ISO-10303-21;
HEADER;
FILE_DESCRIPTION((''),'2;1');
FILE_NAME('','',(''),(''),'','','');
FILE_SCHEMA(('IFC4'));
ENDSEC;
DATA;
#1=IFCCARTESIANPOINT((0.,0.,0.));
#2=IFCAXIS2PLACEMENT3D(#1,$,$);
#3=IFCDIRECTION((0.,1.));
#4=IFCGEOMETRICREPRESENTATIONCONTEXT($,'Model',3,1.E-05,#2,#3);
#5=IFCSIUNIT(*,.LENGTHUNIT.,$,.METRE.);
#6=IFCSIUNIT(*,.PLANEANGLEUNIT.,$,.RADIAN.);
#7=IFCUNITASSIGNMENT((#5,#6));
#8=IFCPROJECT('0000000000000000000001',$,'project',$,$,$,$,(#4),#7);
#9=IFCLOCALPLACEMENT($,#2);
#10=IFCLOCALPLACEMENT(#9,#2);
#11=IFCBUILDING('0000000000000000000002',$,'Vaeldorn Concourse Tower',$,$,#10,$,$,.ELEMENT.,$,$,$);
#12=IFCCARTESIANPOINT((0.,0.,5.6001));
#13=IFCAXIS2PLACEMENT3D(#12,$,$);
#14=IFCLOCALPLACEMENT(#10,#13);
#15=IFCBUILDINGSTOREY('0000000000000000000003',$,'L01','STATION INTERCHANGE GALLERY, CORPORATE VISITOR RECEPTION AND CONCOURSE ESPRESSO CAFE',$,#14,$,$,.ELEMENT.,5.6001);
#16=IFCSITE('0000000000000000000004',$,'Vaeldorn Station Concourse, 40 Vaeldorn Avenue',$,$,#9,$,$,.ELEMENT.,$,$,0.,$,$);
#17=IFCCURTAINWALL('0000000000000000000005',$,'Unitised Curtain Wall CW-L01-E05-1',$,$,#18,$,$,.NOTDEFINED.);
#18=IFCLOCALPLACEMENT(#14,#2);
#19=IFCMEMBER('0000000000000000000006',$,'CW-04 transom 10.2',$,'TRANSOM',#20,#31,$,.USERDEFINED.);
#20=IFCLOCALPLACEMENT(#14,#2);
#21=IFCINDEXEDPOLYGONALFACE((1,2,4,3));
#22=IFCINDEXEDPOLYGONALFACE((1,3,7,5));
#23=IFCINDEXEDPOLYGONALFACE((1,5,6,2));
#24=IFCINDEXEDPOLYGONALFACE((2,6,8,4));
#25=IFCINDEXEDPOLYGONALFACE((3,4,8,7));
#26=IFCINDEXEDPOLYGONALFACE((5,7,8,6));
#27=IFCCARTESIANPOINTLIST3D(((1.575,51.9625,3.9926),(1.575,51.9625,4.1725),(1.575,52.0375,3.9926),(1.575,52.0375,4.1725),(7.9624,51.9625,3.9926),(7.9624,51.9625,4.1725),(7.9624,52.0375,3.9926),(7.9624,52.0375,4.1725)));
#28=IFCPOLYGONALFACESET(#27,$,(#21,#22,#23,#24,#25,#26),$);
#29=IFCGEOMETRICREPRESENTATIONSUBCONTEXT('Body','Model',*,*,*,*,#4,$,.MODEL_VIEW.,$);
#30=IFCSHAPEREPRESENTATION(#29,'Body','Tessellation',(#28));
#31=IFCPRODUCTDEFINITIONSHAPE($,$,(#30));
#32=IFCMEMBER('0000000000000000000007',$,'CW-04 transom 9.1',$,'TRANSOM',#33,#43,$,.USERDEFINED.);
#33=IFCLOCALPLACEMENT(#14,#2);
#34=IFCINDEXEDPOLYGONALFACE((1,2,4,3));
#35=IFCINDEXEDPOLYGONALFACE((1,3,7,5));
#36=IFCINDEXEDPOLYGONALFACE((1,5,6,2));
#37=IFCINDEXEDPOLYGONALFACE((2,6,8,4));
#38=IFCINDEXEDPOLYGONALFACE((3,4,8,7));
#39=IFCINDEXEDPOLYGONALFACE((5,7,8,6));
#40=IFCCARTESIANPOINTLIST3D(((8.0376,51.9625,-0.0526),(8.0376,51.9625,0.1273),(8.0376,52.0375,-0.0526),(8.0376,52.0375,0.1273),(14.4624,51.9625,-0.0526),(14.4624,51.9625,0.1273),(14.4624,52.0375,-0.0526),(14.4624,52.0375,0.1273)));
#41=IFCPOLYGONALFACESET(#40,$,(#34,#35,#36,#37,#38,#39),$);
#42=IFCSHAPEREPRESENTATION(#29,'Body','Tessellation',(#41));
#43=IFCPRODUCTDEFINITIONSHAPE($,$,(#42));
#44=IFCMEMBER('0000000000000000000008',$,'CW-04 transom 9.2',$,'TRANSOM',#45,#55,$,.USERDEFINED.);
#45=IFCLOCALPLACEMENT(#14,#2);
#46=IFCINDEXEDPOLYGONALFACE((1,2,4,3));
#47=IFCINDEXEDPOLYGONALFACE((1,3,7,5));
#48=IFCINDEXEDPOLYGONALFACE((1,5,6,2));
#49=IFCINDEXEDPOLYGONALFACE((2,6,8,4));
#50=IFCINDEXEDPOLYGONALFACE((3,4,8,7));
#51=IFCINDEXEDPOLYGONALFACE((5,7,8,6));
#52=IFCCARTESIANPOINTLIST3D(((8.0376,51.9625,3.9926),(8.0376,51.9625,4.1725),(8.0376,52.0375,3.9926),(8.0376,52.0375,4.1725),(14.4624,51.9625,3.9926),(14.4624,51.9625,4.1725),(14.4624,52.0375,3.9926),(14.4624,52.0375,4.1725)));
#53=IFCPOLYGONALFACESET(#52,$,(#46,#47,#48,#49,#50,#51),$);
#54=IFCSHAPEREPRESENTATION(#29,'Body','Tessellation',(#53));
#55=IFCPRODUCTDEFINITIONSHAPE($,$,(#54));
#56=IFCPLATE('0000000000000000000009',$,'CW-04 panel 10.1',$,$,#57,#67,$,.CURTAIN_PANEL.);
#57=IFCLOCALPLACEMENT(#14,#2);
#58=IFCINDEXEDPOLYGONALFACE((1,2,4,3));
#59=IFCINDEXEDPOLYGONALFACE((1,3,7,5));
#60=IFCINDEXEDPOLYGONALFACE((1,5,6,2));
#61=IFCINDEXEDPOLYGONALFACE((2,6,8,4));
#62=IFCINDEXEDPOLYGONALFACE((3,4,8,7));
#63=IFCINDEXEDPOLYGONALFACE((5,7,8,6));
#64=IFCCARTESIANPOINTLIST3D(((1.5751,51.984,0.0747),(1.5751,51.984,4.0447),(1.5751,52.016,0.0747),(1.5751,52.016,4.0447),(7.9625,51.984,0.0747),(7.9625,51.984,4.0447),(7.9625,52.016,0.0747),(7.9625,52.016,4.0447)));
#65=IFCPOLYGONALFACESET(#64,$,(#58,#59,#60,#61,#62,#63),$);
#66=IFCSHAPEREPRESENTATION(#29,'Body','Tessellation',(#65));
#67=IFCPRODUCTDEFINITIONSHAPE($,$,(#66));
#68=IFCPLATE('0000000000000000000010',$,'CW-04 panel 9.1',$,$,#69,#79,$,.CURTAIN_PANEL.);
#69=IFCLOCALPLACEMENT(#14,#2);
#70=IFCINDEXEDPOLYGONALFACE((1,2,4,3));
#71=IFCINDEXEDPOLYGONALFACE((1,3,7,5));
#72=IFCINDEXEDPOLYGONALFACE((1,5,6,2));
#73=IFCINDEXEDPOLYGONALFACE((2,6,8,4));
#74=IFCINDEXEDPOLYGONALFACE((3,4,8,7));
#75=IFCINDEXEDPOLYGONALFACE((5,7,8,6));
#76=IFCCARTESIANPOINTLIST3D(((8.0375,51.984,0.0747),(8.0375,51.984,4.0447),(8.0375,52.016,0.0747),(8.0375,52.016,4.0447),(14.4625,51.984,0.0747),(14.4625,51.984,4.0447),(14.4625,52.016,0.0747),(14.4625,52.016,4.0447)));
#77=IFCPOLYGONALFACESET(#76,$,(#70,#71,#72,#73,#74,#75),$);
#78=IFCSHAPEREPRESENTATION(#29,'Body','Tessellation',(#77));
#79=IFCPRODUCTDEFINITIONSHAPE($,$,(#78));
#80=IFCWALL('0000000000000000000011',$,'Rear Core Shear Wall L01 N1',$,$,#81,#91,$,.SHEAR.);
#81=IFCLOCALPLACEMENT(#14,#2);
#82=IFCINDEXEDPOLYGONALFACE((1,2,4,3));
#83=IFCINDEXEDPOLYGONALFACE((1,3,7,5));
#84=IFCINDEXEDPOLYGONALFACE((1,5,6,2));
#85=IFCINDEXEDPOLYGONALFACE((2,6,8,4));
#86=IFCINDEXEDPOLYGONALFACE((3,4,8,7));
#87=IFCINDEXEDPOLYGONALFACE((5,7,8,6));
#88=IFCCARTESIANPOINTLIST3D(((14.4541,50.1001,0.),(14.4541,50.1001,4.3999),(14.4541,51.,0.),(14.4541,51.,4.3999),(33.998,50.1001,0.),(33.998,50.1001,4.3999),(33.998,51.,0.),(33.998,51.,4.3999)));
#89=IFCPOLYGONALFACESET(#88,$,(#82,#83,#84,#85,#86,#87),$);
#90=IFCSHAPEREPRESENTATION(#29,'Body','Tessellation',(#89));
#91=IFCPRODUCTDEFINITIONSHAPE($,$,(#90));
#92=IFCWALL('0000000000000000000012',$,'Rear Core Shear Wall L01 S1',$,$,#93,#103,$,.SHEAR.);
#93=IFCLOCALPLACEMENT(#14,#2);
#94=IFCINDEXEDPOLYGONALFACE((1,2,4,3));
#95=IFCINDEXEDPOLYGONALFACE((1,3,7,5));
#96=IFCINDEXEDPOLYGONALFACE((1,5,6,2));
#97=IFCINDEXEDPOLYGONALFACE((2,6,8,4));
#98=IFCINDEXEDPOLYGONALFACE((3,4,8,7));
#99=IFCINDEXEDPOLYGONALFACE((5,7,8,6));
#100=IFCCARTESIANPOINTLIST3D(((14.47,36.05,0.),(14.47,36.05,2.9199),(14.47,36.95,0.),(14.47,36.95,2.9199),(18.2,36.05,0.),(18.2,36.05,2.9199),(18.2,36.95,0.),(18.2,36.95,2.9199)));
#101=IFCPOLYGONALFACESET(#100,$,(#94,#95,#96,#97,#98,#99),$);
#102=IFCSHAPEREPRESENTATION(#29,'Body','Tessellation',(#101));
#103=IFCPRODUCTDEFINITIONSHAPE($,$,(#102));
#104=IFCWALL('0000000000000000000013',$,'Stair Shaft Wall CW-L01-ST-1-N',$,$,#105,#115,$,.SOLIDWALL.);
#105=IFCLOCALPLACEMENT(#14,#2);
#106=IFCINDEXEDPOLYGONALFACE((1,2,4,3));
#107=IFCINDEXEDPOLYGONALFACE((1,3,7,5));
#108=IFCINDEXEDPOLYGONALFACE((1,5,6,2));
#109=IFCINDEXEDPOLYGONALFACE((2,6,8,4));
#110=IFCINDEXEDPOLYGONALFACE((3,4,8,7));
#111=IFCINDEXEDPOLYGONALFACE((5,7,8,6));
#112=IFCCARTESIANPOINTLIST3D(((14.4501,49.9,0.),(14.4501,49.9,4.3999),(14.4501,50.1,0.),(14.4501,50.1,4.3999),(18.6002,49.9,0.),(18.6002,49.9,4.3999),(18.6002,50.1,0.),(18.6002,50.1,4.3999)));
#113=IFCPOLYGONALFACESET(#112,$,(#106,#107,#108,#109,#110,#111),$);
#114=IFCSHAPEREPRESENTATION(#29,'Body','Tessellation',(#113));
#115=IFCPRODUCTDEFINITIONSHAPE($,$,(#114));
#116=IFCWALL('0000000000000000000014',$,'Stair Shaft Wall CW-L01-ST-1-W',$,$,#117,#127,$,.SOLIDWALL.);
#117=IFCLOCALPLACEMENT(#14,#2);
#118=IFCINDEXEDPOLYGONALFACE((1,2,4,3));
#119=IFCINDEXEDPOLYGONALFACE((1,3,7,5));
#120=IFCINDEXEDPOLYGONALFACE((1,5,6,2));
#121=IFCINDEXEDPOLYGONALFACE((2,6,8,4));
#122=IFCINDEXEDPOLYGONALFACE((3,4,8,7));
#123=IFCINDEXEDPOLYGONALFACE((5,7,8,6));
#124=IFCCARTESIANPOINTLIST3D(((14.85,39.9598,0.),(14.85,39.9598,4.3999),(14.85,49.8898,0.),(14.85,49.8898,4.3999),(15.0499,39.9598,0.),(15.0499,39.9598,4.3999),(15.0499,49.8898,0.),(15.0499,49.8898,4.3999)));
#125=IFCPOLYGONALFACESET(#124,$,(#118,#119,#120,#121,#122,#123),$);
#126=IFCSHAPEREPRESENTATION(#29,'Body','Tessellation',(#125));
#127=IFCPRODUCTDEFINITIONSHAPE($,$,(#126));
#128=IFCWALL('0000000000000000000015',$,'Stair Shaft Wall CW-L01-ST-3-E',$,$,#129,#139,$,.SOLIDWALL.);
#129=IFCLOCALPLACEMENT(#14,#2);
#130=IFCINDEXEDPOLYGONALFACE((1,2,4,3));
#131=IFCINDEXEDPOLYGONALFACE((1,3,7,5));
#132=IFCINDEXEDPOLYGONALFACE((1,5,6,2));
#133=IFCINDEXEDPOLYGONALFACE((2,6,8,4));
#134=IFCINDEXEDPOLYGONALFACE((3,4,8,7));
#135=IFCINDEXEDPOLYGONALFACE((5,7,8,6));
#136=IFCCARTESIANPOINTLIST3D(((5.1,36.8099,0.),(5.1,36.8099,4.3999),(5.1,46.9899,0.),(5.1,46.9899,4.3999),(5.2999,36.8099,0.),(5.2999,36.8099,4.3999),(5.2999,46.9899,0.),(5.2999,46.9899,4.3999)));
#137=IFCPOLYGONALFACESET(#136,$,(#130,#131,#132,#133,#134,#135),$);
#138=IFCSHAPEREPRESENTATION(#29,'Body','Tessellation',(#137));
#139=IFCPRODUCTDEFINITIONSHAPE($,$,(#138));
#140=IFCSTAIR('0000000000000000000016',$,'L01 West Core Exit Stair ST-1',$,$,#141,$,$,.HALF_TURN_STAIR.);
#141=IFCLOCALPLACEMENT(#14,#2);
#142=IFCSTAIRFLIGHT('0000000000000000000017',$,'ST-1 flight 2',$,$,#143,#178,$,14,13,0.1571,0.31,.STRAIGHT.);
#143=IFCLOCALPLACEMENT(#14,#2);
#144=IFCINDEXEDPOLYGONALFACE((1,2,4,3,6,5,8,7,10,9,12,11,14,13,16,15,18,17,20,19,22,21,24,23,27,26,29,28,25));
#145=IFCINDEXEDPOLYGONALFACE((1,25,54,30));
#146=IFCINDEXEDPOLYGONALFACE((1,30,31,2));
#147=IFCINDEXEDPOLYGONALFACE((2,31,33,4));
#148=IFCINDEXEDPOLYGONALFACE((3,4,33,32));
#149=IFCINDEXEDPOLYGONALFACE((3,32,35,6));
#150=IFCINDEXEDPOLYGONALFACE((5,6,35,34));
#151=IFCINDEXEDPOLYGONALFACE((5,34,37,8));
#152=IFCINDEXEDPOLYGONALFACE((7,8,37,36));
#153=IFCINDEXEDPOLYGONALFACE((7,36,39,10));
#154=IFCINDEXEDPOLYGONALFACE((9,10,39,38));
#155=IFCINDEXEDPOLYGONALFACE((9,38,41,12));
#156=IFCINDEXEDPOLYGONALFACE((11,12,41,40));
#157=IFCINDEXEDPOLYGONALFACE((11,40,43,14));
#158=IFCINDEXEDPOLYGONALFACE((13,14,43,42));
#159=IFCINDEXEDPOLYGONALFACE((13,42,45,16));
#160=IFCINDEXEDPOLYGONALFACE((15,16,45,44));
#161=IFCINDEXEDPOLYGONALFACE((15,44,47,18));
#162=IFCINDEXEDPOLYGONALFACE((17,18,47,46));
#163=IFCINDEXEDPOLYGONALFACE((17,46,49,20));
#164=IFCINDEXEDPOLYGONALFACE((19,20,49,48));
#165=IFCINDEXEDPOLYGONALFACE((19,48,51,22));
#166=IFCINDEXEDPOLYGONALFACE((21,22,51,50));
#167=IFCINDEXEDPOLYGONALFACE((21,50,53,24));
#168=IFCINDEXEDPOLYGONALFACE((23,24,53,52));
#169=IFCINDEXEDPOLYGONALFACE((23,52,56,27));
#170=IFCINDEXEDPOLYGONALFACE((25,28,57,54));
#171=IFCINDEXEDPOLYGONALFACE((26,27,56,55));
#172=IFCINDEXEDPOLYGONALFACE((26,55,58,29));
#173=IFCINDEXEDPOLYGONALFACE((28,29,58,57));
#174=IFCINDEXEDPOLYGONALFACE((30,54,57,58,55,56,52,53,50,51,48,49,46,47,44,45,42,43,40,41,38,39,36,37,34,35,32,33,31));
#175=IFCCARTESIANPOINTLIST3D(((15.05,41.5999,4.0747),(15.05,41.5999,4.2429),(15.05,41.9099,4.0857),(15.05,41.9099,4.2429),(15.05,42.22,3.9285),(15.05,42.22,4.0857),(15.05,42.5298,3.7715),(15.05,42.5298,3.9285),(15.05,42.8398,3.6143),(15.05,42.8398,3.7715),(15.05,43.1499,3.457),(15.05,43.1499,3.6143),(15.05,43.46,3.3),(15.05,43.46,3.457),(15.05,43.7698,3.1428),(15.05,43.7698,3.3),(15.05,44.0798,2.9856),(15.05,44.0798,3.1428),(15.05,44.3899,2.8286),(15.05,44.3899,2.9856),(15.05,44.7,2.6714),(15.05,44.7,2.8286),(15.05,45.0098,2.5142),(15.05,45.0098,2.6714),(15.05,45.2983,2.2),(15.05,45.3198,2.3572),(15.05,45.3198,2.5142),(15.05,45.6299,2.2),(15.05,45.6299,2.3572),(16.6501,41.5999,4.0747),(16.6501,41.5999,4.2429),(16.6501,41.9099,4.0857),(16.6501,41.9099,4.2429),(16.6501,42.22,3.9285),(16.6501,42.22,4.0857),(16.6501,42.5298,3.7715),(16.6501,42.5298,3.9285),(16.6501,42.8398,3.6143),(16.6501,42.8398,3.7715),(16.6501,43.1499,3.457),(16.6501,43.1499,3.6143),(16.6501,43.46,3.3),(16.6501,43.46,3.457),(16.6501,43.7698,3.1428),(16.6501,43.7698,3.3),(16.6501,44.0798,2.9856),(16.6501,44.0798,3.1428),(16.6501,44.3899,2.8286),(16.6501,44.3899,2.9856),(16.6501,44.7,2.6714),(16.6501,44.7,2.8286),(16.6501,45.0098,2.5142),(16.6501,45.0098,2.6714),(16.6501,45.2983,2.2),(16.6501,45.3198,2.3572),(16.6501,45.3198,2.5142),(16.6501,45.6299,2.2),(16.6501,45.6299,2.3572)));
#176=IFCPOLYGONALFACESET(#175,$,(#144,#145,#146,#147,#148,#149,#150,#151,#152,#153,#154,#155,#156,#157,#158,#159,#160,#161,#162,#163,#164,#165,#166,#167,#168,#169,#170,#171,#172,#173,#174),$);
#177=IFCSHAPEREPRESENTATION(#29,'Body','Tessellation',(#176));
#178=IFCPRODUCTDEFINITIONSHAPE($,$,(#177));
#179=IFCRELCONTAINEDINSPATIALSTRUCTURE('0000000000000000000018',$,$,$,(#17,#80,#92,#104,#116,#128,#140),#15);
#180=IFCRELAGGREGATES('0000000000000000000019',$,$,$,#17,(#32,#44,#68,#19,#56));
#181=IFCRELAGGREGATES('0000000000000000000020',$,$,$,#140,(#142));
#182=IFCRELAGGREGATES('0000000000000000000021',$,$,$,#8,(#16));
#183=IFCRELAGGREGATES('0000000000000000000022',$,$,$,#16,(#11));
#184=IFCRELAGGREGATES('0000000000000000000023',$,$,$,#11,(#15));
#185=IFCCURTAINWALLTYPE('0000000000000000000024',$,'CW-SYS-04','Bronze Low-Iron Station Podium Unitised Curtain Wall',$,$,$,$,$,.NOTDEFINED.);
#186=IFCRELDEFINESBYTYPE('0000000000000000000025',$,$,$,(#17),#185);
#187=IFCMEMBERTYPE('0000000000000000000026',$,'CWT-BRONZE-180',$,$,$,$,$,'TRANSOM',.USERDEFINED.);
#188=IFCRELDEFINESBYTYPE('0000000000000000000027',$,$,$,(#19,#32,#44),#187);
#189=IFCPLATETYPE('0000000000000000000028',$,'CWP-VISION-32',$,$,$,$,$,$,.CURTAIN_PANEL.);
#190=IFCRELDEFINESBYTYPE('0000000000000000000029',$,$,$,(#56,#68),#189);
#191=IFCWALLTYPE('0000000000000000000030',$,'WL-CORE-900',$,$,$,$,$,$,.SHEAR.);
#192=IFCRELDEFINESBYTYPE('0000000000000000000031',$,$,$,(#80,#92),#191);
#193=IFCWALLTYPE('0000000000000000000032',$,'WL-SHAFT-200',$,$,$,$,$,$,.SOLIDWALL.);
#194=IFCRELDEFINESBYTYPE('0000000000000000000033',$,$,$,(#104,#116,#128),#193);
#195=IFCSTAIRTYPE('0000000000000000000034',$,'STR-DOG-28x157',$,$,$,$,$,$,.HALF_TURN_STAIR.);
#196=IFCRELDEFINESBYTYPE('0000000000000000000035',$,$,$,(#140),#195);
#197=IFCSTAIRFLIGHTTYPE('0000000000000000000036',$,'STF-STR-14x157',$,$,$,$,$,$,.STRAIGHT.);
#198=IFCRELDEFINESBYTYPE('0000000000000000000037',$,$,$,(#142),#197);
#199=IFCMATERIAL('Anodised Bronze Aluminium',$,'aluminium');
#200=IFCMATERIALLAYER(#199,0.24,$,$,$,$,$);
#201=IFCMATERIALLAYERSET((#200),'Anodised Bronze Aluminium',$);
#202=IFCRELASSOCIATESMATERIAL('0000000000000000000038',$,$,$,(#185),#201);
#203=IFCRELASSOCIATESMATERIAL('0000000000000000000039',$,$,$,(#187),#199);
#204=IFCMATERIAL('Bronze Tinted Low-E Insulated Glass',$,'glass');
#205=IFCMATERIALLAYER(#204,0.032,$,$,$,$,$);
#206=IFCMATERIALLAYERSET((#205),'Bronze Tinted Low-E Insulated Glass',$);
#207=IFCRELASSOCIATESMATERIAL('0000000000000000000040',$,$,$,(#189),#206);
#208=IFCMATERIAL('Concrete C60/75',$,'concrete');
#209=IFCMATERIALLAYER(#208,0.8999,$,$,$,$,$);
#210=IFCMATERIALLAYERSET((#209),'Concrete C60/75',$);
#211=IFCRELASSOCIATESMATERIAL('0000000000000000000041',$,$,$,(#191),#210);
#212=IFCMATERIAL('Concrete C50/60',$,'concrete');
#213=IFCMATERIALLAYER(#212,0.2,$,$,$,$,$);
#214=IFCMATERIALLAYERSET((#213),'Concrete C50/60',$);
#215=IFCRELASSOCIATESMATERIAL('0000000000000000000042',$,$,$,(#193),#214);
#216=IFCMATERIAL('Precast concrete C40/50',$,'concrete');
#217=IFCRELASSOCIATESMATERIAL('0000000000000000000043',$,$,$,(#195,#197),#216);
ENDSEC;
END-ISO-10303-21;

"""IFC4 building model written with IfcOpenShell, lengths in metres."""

from ifc_helpers import new_model, si_unit, direction, frame, frame_2d, origin, origin_2d, place, context, subcontext, project, spatial, polyline, rectangle, outline, extrude, source, transform, mapped, material, layer, layer_set, material_profile, profile_set, type_object, element, aggregate, save


model = new_model("IFC4")

# Units and contexts
model_context = context("Model", 3, precision=1e-05, world=origin(), true_north=direction((0.0, 1.0)))
body_context = subcontext(model_context, "Body", "Model", "MODEL_VIEW")
ifc_project = project(units=[si_unit("LENGTHUNIT", "METRE"), si_unit("PLANEANGLEUNIT", "RADIAN")], contexts=[model_context])

# Site, building, storey
site_placement = place(None, origin())
site = spatial("IfcSite", under=ifc_project, at=site_placement, Name="Vaeldorn Station Concourse, 40 Vaeldorn Avenue", CompositionType="ELEMENT", RefElevation=0.0)
building_placement = place(site_placement, origin())
building = spatial("IfcBuilding", under=site, at=building_placement, Name="Vaeldorn Concourse Tower", CompositionType="ELEMENT")
storey_placement = place(building_placement, frame((0.0, 0.0, 5.6001)))
storey = spatial("IfcBuildingStorey", under=building, at=storey_placement, Name="L01", Description="STATION INTERCHANGE GALLERY, CORPORATE VISITOR RECEPTION AND CONCOURSE ESPRESSO CAFE", CompositionType="ELEMENT", Elevation=5.6001)

# Curtain wall, members, plates
ifc_material_1 = material(Name="Anodised Bronze Aluminium", Category="aluminium")
ifc_layer_1 = layer(ifc_material_1, 0.24)
ifc_layer_set_1 = layer_set([ifc_layer_1], Name="Anodised Bronze Aluminium")
curtain_wall_type = type_object("IfcCurtainWallType", Name="CW-SYS-04", Description="Bronze Low-Iron Station Podium Unitised Curtain Wall", PredefinedType="NOTDEFINED", material=ifc_layer_set_1)
curtain_wall_placement = place(storey_placement, origin())
curtain_wall = element("IfcCurtainWall", 1, at=curtain_wall_placement, inside=storey, type_object=curtain_wall_type, Name="Unitised Curtain Wall CW-L01-E05-1", PredefinedType="NOTDEFINED")
ifc_material_profile_1 = material_profile(ifc_material_1, rectangle(XDim=0.075, YDim=0.1799, at=origin_2d()), Name="CWT 75x180")
ifc_profile_set_1 = profile_set([ifc_material_profile_1], Name="Anodised Bronze Aluminium")
member_type_1 = type_object("IfcMemberType", Name="CWT-BRONZE-180", ElementType="TRANSOM", PredefinedType="USERDEFINED", material=ifc_profile_set_1)
shared_shape_1 = source(origin(), body_context, "Body", "SweptSolid", [
    extrude(rectangle(XDim=0.075, YDim=0.1799, at=origin_2d()), origin(), (0.0, 0.0, 1.0), 6.3875),
])
member_1_placement = place(storey_placement, frame((7.9624, 52.0, 4.0825), z_axis=(-1.0, 0.0, 0.0), x_axis=(0.0, -1.0, 0.0)))
member_1 = element("IfcMember", 2, at=member_1_placement, type_object=member_type_1, Name="CW-04 transom 10.2", ObjectType="TRANSOM", PredefinedType="USERDEFINED", context=body_context, shape_type="MappedRepresentation", body=[
    mapped(shared_shape_1, transform((0.0, 0.0, 0.0), scale=1.0)),
])
shared_shape_2 = source(origin(), body_context, "Body", "SweptSolid", [
    extrude(rectangle(XDim=0.075, YDim=0.1799, at=origin_2d()), origin(), (0.0, 0.0, 1.0), 6.4248),
])
member_2_placement = place(storey_placement, frame((14.4624, 52.0, 0.0374), z_axis=(-1.0, 0.0, 0.0), x_axis=(0.0, -1.0, 0.0)))
member_2 = element("IfcMember", 3, at=member_2_placement, type_object=member_type_1, Name="CW-04 transom 9.1", ObjectType="TRANSOM", PredefinedType="USERDEFINED", context=body_context, shape_type="MappedRepresentation", body=[
    mapped(shared_shape_2, transform((0.0, 0.0, 0.0), scale=1.0)),
])
member_3_placement = place(storey_placement, frame((14.4624, 52.0, 4.0825), z_axis=(-1.0, 0.0, 0.0), x_axis=(0.0, -1.0, 0.0)))
member_3 = element("IfcMember", 4, at=member_3_placement, type_object=member_type_1, Name="CW-04 transom 9.2", ObjectType="TRANSOM", PredefinedType="USERDEFINED", context=body_context, shape_type="MappedRepresentation", body=[
    mapped(shared_shape_2, transform((0.0, 0.0, 0.0), scale=1.0)),
])
ifc_material_2 = material(Name="Bronze Tinted Low-E Insulated Glass", Category="glass")
ifc_layer_2 = layer(ifc_material_2, 0.032)
ifc_layer_set_2 = layer_set([ifc_layer_2], Name="Bronze Tinted Low-E Insulated Glass")
plate_type = type_object("IfcPlateType", Name="CWP-VISION-32", PredefinedType="CURTAIN_PANEL", material=ifc_layer_set_2)
shared_shape_3 = source(origin(), body_context, "Body", "SweptSolid", [
    extrude(rectangle(XDim=6.3875, YDim=0.032, at=origin_2d()), origin(), (0.0, 0.0, 1.0), 3.97),
])
plate_1_placement = place(storey_placement, frame((4.7688, 52.0, 0.0747), z_axis=(0.0, 0.0, 1.0), x_axis=(-1.0, 0.0, 0.0)))
plate_1 = element("IfcPlate", 5, at=plate_1_placement, type_object=plate_type, Name="CW-04 panel 10.1", PredefinedType="CURTAIN_PANEL", context=body_context, shape_type="MappedRepresentation", body=[
    mapped(shared_shape_3, transform((0.0, 0.0, 0.0), scale=1.0)),
])
shared_shape_4 = source(origin(), body_context, "Body", "SweptSolid", [
    extrude(rectangle(XDim=6.425, YDim=0.032, at=origin_2d()), origin(), (0.0, 0.0, 1.0), 3.97),
])
plate_2_placement = place(storey_placement, frame((11.25, 52.0, 0.0747), z_axis=(0.0, 0.0, 1.0), x_axis=(-1.0, 0.0, 0.0)))
plate_2 = element("IfcPlate", 6, at=plate_2_placement, type_object=plate_type, Name="CW-04 panel 9.1", PredefinedType="CURTAIN_PANEL", context=body_context, shape_type="MappedRepresentation", body=[
    mapped(shared_shape_4, transform((0.0, 0.0, 0.0), scale=1.0)),
])
aggregate(curtain_wall, [member_2, member_3, plate_2, member_1, plate_1])

# Walls
ifc_material_3 = material(Name="Concrete C60/75", Category="concrete")
ifc_layer_3 = layer(ifc_material_3, 0.8999)
ifc_layer_set_3 = layer_set([ifc_layer_3], Name="Concrete C60/75")
wall_type_1 = type_object("IfcWallType", Name="WL-CORE-900", PredefinedType="SHEAR", material=ifc_layer_set_3)
wall_1_placement = place(storey_placement, frame((14.4541, 50.55, 0.0), z_axis=(0.0, 0.0, 1.0), x_axis=(1.0, 0.0, 0.0)))
element("IfcWall", 7, at=wall_1_placement, inside=storey, type_object=wall_type_1, Name="Rear Core Shear Wall L01 N1", PredefinedType="SHEAR", context=body_context, shape_type="SweptSolid", body=[
    extrude(rectangle(XDim=19.5439, YDim=0.8999, at=frame_2d((9.772, 0.0))), origin(), (0.0, 0.0, 1.0), 4.3999),
])
wall_2_placement = place(storey_placement, frame((14.47, 36.5, 0.0), z_axis=(0.0, 0.0, 1.0), x_axis=(1.0, 0.0, 0.0)))
element("IfcWall", 8, at=wall_2_placement, inside=storey, type_object=wall_type_1, Name="Rear Core Shear Wall L01 S1", PredefinedType="SHEAR", context=body_context, shape_type="SweptSolid", body=[
    extrude(rectangle(XDim=3.73, YDim=0.8999, at=frame_2d((1.865, 0.0))), origin(), (0.0, 0.0, 1.0), 2.9199),
])

# Shared definitions
ifc_material_4 = material(Name="Concrete C50/60", Category="concrete")
ifc_layer_4 = layer(ifc_material_4, 0.2)
ifc_layer_set_4 = layer_set([ifc_layer_4], Name="Concrete C50/60")
wall_type_2 = type_object("IfcWallType", Name="WL-SHAFT-200", PredefinedType="SOLIDWALL", material=ifc_layer_set_4)

# Walls
wall_3_placement = place(storey_placement, frame((14.45, 50.0, 0.0), z_axis=(0.0, 0.0, 1.0), x_axis=(1.0, 0.0, 0.0)))
element("IfcWall", 9, at=wall_3_placement, inside=storey, type_object=wall_type_2, Name="Stair Shaft Wall CW-L01-ST-1-N", PredefinedType="SOLIDWALL", context=body_context, shape_type="SweptSolid", body=[
    extrude(rectangle(XDim=4.1501, YDim=0.2, at=frame_2d((2.0752, 0.0))), origin(), (0.0, 0.0, 1.0), 4.3999),
])
wall_4_placement = place(storey_placement, frame((14.95, 39.96, 0.0), z_axis=(0.0, 0.0, 1.0), x_axis=(0.0, 1.0, 0.0)))
element("IfcWall", 10, at=wall_4_placement, inside=storey, type_object=wall_type_2, Name="Stair Shaft Wall CW-L01-ST-1-W", PredefinedType="SOLIDWALL", context=body_context, shape_type="SweptSolid", body=[
    extrude(rectangle(XDim=9.9299, YDim=0.2, at=frame_2d((4.9648, 0.0))), origin(), (0.0, 0.0, 1.0), 4.3999),
])
wall_5_placement = place(storey_placement, frame((5.2, 36.8101, 0.0), z_axis=(0.0, 0.0, 1.0), x_axis=(0.0, 1.0, 0.0)))
element("IfcWall", 11, at=wall_5_placement, inside=storey, type_object=wall_type_2, Name="Stair Shaft Wall CW-L01-ST-3-E", PredefinedType="SOLIDWALL", context=body_context, shape_type="SweptSolid", body=[
    extrude(rectangle(XDim=10.1799, YDim=0.2, at=frame_2d((5.0898, 0.0))), origin(), (0.0, 0.0, 1.0), 4.3999),
])

# Stair, stair flight
ifc_material_5 = material(Name="Precast concrete C40/50", Category="concrete")
stair_type = type_object("IfcStairType", Name="STR-DOG-28x157", PredefinedType="HALF_TURN_STAIR", material=ifc_material_5)
stair_1_placement = place(storey_placement, origin())
stair_1 = element("IfcStair", 12, at=stair_1_placement, inside=storey, type_object=stair_type, Name="L01 West Core Exit Stair ST-1", PredefinedType="HALF_TURN_STAIR")
stair_flight_type = type_object("IfcStairFlightType", Name="STF-STR-14x157", PredefinedType="STRAIGHT", material=ifc_material_5)
stair_flight_1_placement = place(storey_placement, frame((15.8501, 45.6299, 2.2), z_axis=(0.0, 0.0, 1.0), x_axis=(0.0, -1.0, 0.0)))
stair_flight_1 = element("IfcStairFlight", 13, at=stair_flight_1_placement, type_object=stair_flight_type, Name="ST-1 flight 2", NumberOfRisers=14, NumberOfTreads=13, PredefinedType="STRAIGHT", RiserHeight=0.1571, TreadLength=0.31, context=body_context, shape_type="SweptSolid", body=[
    extrude(outline(polyline([(0.0, 0.0), (0.0, 0.1572), (0.3101, 0.1572), (0.3101, 0.3142), (0.6201, 0.3142), (0.6201, 0.4714), (0.9299, 0.4714), (0.9299, 0.6287), (1.24, 0.6287), (1.24, 0.7856), (1.55, 0.7856), (1.55, 0.9429), (1.8601, 0.9429), (1.8601, 1.1001), (2.1699, 1.1001), (2.1699, 1.2571), (2.48, 1.2571), (2.48, 1.4143), (2.79, 1.4143), (2.79, 1.5715), (3.1001, 1.5715), (3.1001, 1.7285), (3.4099, 1.7285), (3.4099, 1.8857), (3.72, 1.8857), (3.72, 2.043), (4.03, 2.043), (4.03, 2.2), (4.03, 1.8748), (0.3315, 0.0), (0.0, 0.0)])), frame((0.0, 0.8, 0.0), z_axis=(0.0, -1.0, 0.0), x_axis=(1.0, 0.0, 0.0)), (0.0, 0.0, 1.0), 1.6001),
])
aggregate(stair_1, [stair_flight_1])

save(model, "model.ifc")
